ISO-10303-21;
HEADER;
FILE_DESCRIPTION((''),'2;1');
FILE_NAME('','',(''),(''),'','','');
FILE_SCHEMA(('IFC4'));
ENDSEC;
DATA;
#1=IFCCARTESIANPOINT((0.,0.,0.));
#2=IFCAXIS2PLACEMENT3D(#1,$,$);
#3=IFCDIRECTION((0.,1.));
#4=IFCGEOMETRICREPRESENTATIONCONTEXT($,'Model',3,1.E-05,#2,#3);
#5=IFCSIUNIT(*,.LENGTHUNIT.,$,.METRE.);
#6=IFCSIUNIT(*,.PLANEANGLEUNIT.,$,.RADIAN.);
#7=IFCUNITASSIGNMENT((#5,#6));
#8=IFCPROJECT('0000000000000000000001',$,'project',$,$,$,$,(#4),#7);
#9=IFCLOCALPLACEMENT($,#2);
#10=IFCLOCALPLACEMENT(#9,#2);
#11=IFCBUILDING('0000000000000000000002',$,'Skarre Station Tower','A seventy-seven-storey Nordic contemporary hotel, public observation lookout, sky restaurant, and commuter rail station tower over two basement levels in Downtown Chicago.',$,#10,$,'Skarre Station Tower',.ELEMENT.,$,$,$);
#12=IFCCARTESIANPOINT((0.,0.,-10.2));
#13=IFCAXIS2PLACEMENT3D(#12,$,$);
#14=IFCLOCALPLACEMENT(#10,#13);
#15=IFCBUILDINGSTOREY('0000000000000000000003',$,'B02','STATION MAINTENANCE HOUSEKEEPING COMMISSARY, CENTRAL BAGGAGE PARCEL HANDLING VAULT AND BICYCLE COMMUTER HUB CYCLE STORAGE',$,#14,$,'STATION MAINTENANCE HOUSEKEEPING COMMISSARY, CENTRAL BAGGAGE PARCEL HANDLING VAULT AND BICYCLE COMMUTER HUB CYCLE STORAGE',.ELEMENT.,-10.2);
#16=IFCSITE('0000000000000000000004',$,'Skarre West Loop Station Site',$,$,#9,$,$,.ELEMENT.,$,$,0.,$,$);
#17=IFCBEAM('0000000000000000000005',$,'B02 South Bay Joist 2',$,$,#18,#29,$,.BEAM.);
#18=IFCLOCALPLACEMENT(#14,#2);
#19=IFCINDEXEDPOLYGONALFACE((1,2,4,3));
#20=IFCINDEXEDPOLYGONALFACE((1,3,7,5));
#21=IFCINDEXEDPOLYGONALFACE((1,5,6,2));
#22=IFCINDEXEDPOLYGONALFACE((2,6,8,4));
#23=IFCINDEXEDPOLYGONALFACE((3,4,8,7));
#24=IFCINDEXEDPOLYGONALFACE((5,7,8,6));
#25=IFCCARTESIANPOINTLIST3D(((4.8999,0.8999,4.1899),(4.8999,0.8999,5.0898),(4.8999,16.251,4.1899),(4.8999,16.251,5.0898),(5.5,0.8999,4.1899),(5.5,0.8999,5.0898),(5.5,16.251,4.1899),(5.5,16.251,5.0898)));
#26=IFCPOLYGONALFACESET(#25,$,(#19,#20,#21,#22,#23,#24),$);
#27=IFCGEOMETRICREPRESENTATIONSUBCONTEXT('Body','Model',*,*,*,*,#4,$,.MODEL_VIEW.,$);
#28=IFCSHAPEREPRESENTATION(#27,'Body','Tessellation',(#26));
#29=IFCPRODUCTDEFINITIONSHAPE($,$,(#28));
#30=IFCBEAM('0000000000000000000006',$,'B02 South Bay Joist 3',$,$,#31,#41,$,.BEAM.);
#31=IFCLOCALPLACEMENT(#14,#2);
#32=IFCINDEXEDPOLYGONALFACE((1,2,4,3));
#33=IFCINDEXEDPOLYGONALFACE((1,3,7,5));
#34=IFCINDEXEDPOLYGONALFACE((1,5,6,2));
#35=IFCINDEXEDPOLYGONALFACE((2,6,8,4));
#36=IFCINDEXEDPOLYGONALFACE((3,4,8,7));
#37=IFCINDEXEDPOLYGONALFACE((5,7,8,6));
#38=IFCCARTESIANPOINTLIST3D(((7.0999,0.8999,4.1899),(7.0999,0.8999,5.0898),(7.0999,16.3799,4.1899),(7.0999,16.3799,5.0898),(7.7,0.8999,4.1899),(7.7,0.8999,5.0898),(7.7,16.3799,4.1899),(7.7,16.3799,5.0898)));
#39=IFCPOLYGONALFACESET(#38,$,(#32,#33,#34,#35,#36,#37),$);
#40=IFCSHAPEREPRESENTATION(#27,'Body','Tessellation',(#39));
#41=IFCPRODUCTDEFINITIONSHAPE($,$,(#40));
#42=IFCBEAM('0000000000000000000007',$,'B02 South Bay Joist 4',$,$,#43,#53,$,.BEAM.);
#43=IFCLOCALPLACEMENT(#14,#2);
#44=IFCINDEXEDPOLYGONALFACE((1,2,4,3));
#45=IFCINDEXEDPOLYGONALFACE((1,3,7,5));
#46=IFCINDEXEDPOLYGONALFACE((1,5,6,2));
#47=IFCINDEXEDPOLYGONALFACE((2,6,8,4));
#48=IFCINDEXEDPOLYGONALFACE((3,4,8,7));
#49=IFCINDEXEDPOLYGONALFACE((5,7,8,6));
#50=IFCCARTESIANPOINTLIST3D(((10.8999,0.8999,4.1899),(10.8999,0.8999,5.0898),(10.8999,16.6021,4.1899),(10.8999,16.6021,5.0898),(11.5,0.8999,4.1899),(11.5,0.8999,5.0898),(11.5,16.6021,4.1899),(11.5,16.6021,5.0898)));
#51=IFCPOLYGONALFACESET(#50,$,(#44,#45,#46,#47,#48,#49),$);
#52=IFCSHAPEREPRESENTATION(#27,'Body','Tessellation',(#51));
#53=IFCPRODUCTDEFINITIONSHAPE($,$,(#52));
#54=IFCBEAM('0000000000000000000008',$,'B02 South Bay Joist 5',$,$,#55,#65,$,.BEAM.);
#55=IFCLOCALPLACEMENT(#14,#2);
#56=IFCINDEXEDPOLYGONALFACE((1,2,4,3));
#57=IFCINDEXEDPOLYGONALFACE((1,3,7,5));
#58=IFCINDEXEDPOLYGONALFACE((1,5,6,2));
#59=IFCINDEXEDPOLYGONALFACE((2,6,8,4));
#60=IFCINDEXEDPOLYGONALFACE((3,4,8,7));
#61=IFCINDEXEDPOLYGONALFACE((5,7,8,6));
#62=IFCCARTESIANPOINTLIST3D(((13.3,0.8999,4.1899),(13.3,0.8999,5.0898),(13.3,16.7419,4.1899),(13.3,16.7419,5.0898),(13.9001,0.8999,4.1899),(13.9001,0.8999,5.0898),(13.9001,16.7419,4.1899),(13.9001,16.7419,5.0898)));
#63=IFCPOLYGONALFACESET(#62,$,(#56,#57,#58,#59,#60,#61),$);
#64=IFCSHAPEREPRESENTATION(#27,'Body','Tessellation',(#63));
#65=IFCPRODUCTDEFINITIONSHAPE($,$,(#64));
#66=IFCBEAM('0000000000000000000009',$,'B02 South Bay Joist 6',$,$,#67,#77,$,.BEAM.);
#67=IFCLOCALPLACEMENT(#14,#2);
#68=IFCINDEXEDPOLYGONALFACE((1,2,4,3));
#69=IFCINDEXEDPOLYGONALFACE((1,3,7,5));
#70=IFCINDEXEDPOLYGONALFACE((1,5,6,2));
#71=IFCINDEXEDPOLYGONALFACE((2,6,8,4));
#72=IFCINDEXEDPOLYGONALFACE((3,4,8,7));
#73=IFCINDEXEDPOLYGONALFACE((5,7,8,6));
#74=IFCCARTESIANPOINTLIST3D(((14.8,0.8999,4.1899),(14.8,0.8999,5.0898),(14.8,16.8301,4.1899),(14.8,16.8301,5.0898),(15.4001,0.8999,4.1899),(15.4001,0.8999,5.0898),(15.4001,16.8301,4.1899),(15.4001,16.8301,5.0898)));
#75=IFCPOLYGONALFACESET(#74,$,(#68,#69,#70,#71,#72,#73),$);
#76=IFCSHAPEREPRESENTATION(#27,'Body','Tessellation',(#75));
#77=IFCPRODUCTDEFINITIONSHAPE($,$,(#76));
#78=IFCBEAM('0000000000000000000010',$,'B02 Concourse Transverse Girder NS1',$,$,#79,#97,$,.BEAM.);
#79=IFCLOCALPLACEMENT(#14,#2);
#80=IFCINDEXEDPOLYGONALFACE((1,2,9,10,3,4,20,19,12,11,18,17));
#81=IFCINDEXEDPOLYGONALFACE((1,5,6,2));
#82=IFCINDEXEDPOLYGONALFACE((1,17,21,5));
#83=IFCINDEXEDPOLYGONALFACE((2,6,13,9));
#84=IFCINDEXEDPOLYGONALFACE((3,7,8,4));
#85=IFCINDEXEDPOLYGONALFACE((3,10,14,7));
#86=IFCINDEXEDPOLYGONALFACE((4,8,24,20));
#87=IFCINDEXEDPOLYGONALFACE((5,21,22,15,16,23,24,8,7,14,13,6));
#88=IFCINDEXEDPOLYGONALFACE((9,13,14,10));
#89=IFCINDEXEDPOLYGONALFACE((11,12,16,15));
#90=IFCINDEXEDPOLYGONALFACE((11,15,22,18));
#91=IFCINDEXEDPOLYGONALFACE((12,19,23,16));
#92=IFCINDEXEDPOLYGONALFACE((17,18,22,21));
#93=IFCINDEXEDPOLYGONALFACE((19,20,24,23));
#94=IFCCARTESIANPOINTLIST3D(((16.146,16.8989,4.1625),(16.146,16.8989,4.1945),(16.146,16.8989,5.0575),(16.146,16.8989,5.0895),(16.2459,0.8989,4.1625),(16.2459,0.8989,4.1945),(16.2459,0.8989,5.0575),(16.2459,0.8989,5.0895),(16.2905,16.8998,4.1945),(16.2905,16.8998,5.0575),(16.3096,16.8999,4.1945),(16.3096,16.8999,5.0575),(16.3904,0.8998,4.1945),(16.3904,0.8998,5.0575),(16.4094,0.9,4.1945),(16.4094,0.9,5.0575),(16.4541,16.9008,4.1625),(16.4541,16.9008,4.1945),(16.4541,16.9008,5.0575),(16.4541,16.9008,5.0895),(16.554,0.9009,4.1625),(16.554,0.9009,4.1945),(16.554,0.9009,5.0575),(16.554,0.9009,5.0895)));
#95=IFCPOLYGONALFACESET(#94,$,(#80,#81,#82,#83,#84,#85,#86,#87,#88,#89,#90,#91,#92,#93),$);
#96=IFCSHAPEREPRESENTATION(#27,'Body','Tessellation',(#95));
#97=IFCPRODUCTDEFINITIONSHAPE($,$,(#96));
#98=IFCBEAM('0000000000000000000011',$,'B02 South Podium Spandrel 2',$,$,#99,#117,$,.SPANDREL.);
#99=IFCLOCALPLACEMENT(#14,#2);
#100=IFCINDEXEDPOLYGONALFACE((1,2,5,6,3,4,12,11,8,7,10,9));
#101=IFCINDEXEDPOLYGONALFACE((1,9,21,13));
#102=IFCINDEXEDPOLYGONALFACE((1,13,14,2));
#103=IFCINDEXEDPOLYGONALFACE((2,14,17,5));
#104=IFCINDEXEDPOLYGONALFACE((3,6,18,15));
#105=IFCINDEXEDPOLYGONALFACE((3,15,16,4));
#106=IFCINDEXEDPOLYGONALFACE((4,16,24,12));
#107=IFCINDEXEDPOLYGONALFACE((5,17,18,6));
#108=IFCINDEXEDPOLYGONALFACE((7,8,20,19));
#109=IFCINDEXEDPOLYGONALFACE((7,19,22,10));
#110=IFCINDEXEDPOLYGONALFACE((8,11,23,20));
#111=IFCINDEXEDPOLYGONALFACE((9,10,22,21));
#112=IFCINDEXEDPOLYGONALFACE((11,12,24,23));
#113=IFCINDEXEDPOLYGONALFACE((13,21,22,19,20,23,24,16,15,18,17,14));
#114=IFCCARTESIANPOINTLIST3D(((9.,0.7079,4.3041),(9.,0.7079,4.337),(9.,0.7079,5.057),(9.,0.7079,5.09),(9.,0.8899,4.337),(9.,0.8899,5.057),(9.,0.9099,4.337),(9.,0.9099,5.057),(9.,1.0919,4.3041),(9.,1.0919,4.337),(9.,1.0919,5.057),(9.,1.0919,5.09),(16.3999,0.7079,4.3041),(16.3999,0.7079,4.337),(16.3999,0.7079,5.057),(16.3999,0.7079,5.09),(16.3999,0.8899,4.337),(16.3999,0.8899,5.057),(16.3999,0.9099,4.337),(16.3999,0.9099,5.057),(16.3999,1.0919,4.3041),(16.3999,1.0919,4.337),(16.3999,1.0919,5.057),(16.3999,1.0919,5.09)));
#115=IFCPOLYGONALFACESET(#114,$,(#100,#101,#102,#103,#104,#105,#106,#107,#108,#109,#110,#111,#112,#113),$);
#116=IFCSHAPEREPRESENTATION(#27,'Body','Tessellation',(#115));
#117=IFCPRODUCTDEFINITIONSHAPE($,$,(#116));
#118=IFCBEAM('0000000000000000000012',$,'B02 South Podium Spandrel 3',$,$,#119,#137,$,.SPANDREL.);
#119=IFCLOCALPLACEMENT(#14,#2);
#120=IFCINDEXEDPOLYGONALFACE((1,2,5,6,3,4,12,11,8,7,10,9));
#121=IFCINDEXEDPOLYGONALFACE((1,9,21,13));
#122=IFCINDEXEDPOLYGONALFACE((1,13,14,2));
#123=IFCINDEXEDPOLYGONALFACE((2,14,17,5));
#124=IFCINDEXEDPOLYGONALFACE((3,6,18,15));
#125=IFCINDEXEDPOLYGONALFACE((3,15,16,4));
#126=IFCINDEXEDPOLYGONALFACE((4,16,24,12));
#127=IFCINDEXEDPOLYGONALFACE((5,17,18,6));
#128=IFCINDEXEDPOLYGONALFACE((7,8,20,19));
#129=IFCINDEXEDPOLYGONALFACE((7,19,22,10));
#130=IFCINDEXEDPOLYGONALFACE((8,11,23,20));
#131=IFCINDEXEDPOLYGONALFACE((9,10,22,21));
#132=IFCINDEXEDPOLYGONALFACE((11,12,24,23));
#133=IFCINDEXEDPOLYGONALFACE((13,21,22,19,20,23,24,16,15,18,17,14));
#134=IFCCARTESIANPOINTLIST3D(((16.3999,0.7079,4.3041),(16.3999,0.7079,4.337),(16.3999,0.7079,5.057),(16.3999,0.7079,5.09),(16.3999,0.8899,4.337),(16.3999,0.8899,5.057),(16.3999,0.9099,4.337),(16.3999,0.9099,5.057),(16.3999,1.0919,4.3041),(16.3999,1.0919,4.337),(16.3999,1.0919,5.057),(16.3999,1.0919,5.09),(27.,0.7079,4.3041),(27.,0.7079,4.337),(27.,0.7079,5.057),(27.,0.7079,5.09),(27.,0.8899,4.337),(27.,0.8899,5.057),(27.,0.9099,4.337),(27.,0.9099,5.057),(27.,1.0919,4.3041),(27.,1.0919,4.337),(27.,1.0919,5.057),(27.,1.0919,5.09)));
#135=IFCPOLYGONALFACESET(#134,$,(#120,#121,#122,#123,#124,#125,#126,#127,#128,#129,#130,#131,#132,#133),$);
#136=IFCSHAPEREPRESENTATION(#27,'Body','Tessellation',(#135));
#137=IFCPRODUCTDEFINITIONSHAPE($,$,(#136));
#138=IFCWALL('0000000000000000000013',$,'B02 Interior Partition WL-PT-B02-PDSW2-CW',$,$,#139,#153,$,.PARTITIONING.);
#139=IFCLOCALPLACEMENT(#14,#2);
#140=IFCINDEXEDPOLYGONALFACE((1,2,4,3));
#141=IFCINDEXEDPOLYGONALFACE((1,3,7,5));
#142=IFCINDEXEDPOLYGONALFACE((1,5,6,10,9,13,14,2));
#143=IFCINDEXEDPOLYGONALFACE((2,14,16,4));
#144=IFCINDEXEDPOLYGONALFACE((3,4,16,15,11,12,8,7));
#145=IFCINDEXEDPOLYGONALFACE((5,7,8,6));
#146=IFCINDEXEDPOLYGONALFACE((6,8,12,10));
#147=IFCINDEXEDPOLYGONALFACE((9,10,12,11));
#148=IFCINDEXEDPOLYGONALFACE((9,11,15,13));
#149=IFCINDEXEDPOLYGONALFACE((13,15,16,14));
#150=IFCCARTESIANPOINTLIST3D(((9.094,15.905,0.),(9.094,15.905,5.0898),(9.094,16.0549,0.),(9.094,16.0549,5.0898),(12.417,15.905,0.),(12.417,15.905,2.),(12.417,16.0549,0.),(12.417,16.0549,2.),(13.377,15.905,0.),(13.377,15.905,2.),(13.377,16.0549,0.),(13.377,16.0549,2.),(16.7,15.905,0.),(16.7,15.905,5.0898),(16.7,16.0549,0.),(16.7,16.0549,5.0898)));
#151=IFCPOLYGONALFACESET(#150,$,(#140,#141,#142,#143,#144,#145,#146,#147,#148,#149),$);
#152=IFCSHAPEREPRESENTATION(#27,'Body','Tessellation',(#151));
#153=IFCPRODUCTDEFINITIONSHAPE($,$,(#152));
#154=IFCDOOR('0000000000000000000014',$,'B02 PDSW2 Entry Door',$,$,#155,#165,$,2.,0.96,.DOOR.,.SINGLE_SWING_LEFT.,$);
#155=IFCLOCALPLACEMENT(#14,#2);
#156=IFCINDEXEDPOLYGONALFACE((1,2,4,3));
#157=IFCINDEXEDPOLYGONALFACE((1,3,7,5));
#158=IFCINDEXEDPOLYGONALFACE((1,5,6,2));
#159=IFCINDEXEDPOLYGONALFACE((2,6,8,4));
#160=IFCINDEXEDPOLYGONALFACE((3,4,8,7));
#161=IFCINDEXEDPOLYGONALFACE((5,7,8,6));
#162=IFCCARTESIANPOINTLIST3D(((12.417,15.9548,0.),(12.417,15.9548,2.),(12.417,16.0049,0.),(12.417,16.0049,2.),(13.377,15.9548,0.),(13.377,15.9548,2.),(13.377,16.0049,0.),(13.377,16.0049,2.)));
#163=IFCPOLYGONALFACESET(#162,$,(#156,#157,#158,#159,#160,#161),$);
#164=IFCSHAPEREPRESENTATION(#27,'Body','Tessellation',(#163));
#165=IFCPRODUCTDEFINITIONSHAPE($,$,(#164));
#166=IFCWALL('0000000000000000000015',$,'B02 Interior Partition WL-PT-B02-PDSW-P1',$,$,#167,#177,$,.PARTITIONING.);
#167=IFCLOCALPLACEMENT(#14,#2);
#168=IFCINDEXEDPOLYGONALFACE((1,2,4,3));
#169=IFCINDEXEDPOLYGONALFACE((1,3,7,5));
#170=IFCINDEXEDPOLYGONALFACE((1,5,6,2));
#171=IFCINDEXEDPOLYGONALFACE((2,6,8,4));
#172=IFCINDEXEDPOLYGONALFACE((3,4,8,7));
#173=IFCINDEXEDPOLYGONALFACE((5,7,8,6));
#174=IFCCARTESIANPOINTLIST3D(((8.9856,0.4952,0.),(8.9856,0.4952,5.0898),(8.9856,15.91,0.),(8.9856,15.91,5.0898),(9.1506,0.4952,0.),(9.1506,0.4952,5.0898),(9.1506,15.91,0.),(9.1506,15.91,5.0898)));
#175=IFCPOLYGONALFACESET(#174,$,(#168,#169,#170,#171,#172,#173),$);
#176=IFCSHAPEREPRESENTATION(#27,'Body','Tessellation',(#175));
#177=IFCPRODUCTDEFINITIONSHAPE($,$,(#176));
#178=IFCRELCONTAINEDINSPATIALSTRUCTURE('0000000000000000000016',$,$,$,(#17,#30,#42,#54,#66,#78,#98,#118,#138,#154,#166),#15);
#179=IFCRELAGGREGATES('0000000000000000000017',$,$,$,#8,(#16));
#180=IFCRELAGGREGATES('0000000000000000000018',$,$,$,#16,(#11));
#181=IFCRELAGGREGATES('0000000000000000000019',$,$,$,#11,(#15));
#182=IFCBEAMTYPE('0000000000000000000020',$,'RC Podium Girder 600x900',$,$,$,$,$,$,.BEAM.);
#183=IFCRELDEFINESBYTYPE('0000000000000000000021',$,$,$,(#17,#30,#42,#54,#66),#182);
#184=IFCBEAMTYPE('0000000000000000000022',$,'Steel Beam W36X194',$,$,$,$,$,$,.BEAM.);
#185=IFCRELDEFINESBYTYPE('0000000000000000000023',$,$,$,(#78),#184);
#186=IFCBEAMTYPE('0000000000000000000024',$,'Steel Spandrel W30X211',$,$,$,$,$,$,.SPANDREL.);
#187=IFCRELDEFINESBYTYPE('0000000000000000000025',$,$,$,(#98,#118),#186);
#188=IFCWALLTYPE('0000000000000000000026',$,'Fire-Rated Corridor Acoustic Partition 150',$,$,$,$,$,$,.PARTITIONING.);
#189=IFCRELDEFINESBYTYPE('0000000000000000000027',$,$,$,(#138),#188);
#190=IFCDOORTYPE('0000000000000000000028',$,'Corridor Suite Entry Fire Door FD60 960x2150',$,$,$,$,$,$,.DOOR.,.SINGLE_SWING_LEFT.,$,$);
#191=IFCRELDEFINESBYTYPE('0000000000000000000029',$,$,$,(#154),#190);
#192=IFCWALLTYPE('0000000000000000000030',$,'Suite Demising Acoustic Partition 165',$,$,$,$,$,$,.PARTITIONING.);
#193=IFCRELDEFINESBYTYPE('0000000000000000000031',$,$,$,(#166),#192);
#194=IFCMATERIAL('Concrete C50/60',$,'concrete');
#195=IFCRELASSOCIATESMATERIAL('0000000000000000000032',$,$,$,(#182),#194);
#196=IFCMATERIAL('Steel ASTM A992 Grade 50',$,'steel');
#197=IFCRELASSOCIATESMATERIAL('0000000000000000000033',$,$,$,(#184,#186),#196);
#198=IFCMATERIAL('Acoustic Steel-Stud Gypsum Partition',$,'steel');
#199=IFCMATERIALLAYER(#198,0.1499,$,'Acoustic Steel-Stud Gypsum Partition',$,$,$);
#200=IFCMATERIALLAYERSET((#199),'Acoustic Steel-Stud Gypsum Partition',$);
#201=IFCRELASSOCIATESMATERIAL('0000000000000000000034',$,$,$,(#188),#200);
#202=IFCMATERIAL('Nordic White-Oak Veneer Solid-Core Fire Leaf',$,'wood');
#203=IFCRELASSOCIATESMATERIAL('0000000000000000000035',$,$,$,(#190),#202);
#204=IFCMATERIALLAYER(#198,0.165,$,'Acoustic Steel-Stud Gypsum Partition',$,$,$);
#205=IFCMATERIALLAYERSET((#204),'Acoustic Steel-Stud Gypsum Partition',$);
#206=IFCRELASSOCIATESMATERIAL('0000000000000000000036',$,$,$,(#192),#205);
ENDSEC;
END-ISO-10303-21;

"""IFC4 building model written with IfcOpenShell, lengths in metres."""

from ifc_helpers import new_model, si_unit, direction, frame, frame_2d, origin, origin_2d, place, context, subcontext, project, spatial, rectangle, i_section, extrude, material, layer, layer_set, material_profile, profile_set, type_object, element, fill, save


model = new_model("IFC4")

# Units and contexts
model_context = context("Model", 3, precision=1e-05, world=origin(), true_north=direction((0.0, 1.0)))
body_context = subcontext(model_context, "Body", "Model", "MODEL_VIEW")
ifc_project = project(units=[si_unit("LENGTHUNIT", "METRE"), si_unit("PLANEANGLEUNIT", "RADIAN")], contexts=[model_context])

# Site, building, storey
site_placement = place(None, origin())
site = spatial("IfcSite", under=ifc_project, at=site_placement, Name="Skarre West Loop Station Site", CompositionType="ELEMENT", RefElevation=0.0)
building_placement = place(site_placement, origin())
building = spatial("IfcBuilding", under=site, at=building_placement, Name="Skarre Station Tower", Description="A seventy-seven-storey Nordic contemporary hotel, public observation lookout, sky restaurant, and commuter rail station tower over two basement levels in Downtown Chicago.", LongName="Skarre Station Tower", CompositionType="ELEMENT")
storey_placement = place(building_placement, frame((0.0, 0.0, -10.2)))
storey = spatial("IfcBuildingStorey", under=building, at=storey_placement, Name="B02", Description="STATION MAINTENANCE HOUSEKEEPING COMMISSARY, CENTRAL BAGGAGE PARCEL HANDLING VAULT AND BICYCLE COMMUTER HUB CYCLE STORAGE", LongName="STATION MAINTENANCE HOUSEKEEPING COMMISSARY, CENTRAL BAGGAGE PARCEL HANDLING VAULT AND BICYCLE COMMUTER HUB CYCLE STORAGE", CompositionType="ELEMENT", Elevation=-10.2)

# Shared definitions
ifc_material_1 = material(Name="Concrete C50/60", Category="concrete")

# Beams
ifc_material_profile_1 = material_profile(ifc_material_1, rectangle(XDim=0.6001, YDim=0.8999, at=origin_2d()), Name="Concrete C50/60")
ifc_profile_set_1 = profile_set([ifc_material_profile_1], Name="Concrete C50/60")
beam_type_1 = type_object("IfcBeamType", Name="RC Podium Girder 600x900", PredefinedType="BEAM", material=ifc_profile_set_1)
beam_1_placement = place(storey_placement, frame((5.2, 0.8999, 4.6399), z_axis=(0.0, 1.0, 0.0), x_axis=(-1.0, 0.0, 0.0)))
element("IfcBeam", 1, at=beam_1_placement, inside=storey, type_object=beam_type_1, Name="B02 South Bay Joist 2", PredefinedType="BEAM", context=body_context, shape_type="SweptSolid", body=[
    extrude(rectangle(XDim=0.6001, YDim=0.8999, at=origin_2d()), origin(), (0.0, 0.0, 1.0), 15.3511),
])
beam_2_placement = place(storey_placement, frame((7.3999, 0.8999, 4.6399), z_axis=(0.0, 1.0, 0.0), x_axis=(-1.0, 0.0, 0.0)))
element("IfcBeam", 2, at=beam_2_placement, inside=storey, type_object=beam_type_1, Name="B02 South Bay Joist 3", PredefinedType="BEAM", context=body_context, shape_type="SweptSolid", body=[
    extrude(rectangle(XDim=0.6001, YDim=0.8999, at=origin_2d()), origin(), (0.0, 0.0, 1.0), 15.48),
])
beam_3_placement = place(storey_placement, frame((11.2, 0.8999, 4.6399), z_axis=(0.0, 1.0, 0.0), x_axis=(-1.0, 0.0, 0.0)))
element("IfcBeam", 3, at=beam_3_placement, inside=storey, type_object=beam_type_1, Name="B02 South Bay Joist 4", PredefinedType="BEAM", context=body_context, shape_type="SweptSolid", body=[
    extrude(rectangle(XDim=0.6001, YDim=0.8999, at=origin_2d()), origin(), (0.0, 0.0, 1.0), 15.7021),
])
beam_4_placement = place(storey_placement, frame((13.6001, 0.8999, 4.6399), z_axis=(0.0, 1.0, 0.0), x_axis=(-1.0, 0.0, 0.0)))
element("IfcBeam", 4, at=beam_4_placement, inside=storey, type_object=beam_type_1, Name="B02 South Bay Joist 5", PredefinedType="BEAM", context=body_context, shape_type="SweptSolid", body=[
    extrude(rectangle(XDim=0.6001, YDim=0.8999, at=origin_2d()), origin(), (0.0, 0.0, 1.0), 15.842),
])
beam_5_placement = place(storey_placement, frame((15.1001, 0.8999, 4.6399), z_axis=(0.0, 1.0, 0.0), x_axis=(-1.0, 0.0, 0.0)))
element("IfcBeam", 5, at=beam_5_placement, inside=storey, type_object=beam_type_1, Name="B02 South Bay Joist 6", PredefinedType="BEAM", context=body_context, shape_type="SweptSolid", body=[
    extrude(rectangle(XDim=0.6001, YDim=0.8999, at=origin_2d()), origin(), (0.0, 0.0, 1.0), 15.9302),
])
ifc_material_2 = material(Name="Steel ASTM A992 Grade 50", Category="steel")
ifc_material_profile_2 = material_profile(ifc_material_2, i_section(OverallWidth=0.3081, OverallDepth=0.927, WebThickness=0.019, FlangeThickness=0.032, at=origin_2d()), Name="Steel ASTM A992 Grade 50")
ifc_profile_set_2 = profile_set([ifc_material_profile_2], Name="Steel ASTM A992 Grade 50")
beam_type_2 = type_object("IfcBeamType", Name="Steel Beam W36X194", PredefinedType="BEAM", material=ifc_profile_set_2)
beam_6_placement = place(storey_placement, frame((16.3999, 0.8999, 4.626), z_axis=(-0.006241, 0.999981, 0.0), x_axis=(-0.999981, -0.006241, 0.0)))
element("IfcBeam", 6, at=beam_6_placement, inside=storey, type_object=beam_type_2, Name="B02 Concourse Transverse Girder NS1", PredefinedType="BEAM", context=body_context, shape_type="SweptSolid", body=[
    extrude(i_section(OverallWidth=0.3081, OverallDepth=0.927, WebThickness=0.019, FlangeThickness=0.032, at=origin_2d()), origin(), (0.0, 0.0, 1.0), 16.0002),
])
ifc_material_profile_3 = material_profile(ifc_material_2, i_section(OverallWidth=0.384, OverallDepth=0.7859, WebThickness=0.02, FlangeThickness=0.033, at=origin_2d()), Name="Steel ASTM A992 Grade 50")
ifc_profile_set_3 = profile_set([ifc_material_profile_3], Name="Steel ASTM A992 Grade 50")
beam_type_3 = type_object("IfcBeamType", Name="Steel Spandrel W30X211", PredefinedType="SPANDREL", material=ifc_profile_set_3)
beam_7_placement = place(storey_placement, frame((9.0, 0.8999, 4.697), z_axis=(1.0, 0.0, 0.0), x_axis=(0.0, 1.0, 0.0)))
element("IfcBeam", 7, at=beam_7_placement, inside=storey, type_object=beam_type_3, Name="B02 South Podium Spandrel 2", PredefinedType="SPANDREL", context=body_context, shape_type="SweptSolid", body=[
    extrude(i_section(OverallWidth=0.384, OverallDepth=0.7859, WebThickness=0.02, FlangeThickness=0.033, at=origin_2d()), origin(), (0.0, 0.0, 1.0), 7.3999),
])
beam_8_placement = place(storey_placement, frame((16.3999, 0.8999, 4.697), z_axis=(1.0, 0.0, 0.0), x_axis=(0.0, 1.0, 0.0)))
element("IfcBeam", 8, at=beam_8_placement, inside=storey, type_object=beam_type_3, Name="B02 South Podium Spandrel 3", PredefinedType="SPANDREL", context=body_context, shape_type="SweptSolid", body=[
    extrude(i_section(OverallWidth=0.384, OverallDepth=0.7859, WebThickness=0.02, FlangeThickness=0.033, at=origin_2d()), origin(), (0.0, 0.0, 1.0), 10.6001),
])

# Wall, opening, door
ifc_material_3 = material(Name="Acoustic Steel-Stud Gypsum Partition", Category="steel")
ifc_layer_1 = layer(ifc_material_3, 0.1499, Name="Acoustic Steel-Stud Gypsum Partition")
ifc_layer_set_1 = layer_set([ifc_layer_1], Name="Acoustic Steel-Stud Gypsum Partition")
wall_type_1 = type_object("IfcWallType", Name="Fire-Rated Corridor Acoustic Partition 150", PredefinedType="PARTITIONING", material=ifc_layer_set_1)
wall_1_placement = place(storey_placement, frame((9.094, 15.98, 0.0), z_axis=(0.0, 0.0, 1.0), x_axis=(1.0, 0.0, 0.0)))
wall_1 = element("IfcWall", 9, at=wall_1_placement, inside=storey, type_object=wall_type_1, Name="B02 Interior Partition WL-PT-B02-PDSW2-CW", PredefinedType="PARTITIONING", context=body_context, shape_type="SweptSolid", body=[
    extrude(rectangle(XDim=7.606, YDim=0.1499, at=frame_2d((3.803, 0.0))), origin(), (0.0, 0.0, 1.0), 5.0898),
])
opening_placement = place(wall_1_placement, frame((3.323, 0.0, 0.0)))
opening = element("IfcOpeningElement", 10, at=opening_placement, cuts=wall_1, PredefinedType="OPENING", context=body_context, shape_type="SweptSolid", body=[
    extrude(rectangle(XDim=0.96, YDim=2.0, at=frame_2d((0.48, 1.0))), frame((0.0, 0.085, 0.0), z_axis=(0.0, -1.0, 0.0), x_axis=(1.0, 0.0, 0.0)), (0.0, 0.0, 1.0), 0.1699),
])
ifc_material_4 = material(Name="Nordic White-Oak Veneer Solid-Core Fire Leaf", Category="wood")
door_type = type_object("IfcDoorType", Name="Corridor Suite Entry Fire Door FD60 960x2150", OperationType="SINGLE_SWING_LEFT", PredefinedType="DOOR", material=ifc_material_4)
door_placement = place(opening_placement, origin())
door = element("IfcDoor", 11, at=door_placement, inside=storey, type_object=door_type, Name="B02 PDSW2 Entry Door", OperationType="SINGLE_SWING_LEFT", OverallHeight=2.0, OverallWidth=0.96, PredefinedType="DOOR", context=body_context, shape_type="SweptSolid", body=[
    extrude(rectangle(XDim=0.96, YDim=2.0, at=frame_2d((0.48, 1.0))), frame((0.0, 0.0249, 0.0), z_axis=(0.0, -1.0, 0.0), x_axis=(1.0, 0.0, 0.0)), (0.0, 0.0, 1.0), 0.05),
])
fill(opening, door)

# Wall
ifc_layer_2 = layer(ifc_material_3, 0.165, Name="Acoustic Steel-Stud Gypsum Partition")
ifc_layer_set_2 = layer_set([ifc_layer_2], Name="Acoustic Steel-Stud Gypsum Partition")
wall_type_2 = type_object("IfcWallType", Name="Suite Demising Acoustic Partition 165", PredefinedType="PARTITIONING", material=ifc_layer_set_2)
wall_2_placement = place(storey_placement, frame((9.0681, 0.4951, 0.0), z_axis=(0.0, 0.0, 1.0), x_axis=(0.0, 1.0, 0.0)))
element("IfcWall", 12, at=wall_2_placement, inside=storey, type_object=wall_type_2, Name="B02 Interior Partition WL-PT-B02-PDSW-P1", PredefinedType="PARTITIONING", context=body_context, shape_type="SweptSolid", body=[
    extrude(rectangle(XDim=15.4148, YDim=0.165, at=frame_2d((7.7075, 0.0))), origin(), (0.0, 0.0, 1.0), 5.0898),
])

save(model, "model.ifc")
